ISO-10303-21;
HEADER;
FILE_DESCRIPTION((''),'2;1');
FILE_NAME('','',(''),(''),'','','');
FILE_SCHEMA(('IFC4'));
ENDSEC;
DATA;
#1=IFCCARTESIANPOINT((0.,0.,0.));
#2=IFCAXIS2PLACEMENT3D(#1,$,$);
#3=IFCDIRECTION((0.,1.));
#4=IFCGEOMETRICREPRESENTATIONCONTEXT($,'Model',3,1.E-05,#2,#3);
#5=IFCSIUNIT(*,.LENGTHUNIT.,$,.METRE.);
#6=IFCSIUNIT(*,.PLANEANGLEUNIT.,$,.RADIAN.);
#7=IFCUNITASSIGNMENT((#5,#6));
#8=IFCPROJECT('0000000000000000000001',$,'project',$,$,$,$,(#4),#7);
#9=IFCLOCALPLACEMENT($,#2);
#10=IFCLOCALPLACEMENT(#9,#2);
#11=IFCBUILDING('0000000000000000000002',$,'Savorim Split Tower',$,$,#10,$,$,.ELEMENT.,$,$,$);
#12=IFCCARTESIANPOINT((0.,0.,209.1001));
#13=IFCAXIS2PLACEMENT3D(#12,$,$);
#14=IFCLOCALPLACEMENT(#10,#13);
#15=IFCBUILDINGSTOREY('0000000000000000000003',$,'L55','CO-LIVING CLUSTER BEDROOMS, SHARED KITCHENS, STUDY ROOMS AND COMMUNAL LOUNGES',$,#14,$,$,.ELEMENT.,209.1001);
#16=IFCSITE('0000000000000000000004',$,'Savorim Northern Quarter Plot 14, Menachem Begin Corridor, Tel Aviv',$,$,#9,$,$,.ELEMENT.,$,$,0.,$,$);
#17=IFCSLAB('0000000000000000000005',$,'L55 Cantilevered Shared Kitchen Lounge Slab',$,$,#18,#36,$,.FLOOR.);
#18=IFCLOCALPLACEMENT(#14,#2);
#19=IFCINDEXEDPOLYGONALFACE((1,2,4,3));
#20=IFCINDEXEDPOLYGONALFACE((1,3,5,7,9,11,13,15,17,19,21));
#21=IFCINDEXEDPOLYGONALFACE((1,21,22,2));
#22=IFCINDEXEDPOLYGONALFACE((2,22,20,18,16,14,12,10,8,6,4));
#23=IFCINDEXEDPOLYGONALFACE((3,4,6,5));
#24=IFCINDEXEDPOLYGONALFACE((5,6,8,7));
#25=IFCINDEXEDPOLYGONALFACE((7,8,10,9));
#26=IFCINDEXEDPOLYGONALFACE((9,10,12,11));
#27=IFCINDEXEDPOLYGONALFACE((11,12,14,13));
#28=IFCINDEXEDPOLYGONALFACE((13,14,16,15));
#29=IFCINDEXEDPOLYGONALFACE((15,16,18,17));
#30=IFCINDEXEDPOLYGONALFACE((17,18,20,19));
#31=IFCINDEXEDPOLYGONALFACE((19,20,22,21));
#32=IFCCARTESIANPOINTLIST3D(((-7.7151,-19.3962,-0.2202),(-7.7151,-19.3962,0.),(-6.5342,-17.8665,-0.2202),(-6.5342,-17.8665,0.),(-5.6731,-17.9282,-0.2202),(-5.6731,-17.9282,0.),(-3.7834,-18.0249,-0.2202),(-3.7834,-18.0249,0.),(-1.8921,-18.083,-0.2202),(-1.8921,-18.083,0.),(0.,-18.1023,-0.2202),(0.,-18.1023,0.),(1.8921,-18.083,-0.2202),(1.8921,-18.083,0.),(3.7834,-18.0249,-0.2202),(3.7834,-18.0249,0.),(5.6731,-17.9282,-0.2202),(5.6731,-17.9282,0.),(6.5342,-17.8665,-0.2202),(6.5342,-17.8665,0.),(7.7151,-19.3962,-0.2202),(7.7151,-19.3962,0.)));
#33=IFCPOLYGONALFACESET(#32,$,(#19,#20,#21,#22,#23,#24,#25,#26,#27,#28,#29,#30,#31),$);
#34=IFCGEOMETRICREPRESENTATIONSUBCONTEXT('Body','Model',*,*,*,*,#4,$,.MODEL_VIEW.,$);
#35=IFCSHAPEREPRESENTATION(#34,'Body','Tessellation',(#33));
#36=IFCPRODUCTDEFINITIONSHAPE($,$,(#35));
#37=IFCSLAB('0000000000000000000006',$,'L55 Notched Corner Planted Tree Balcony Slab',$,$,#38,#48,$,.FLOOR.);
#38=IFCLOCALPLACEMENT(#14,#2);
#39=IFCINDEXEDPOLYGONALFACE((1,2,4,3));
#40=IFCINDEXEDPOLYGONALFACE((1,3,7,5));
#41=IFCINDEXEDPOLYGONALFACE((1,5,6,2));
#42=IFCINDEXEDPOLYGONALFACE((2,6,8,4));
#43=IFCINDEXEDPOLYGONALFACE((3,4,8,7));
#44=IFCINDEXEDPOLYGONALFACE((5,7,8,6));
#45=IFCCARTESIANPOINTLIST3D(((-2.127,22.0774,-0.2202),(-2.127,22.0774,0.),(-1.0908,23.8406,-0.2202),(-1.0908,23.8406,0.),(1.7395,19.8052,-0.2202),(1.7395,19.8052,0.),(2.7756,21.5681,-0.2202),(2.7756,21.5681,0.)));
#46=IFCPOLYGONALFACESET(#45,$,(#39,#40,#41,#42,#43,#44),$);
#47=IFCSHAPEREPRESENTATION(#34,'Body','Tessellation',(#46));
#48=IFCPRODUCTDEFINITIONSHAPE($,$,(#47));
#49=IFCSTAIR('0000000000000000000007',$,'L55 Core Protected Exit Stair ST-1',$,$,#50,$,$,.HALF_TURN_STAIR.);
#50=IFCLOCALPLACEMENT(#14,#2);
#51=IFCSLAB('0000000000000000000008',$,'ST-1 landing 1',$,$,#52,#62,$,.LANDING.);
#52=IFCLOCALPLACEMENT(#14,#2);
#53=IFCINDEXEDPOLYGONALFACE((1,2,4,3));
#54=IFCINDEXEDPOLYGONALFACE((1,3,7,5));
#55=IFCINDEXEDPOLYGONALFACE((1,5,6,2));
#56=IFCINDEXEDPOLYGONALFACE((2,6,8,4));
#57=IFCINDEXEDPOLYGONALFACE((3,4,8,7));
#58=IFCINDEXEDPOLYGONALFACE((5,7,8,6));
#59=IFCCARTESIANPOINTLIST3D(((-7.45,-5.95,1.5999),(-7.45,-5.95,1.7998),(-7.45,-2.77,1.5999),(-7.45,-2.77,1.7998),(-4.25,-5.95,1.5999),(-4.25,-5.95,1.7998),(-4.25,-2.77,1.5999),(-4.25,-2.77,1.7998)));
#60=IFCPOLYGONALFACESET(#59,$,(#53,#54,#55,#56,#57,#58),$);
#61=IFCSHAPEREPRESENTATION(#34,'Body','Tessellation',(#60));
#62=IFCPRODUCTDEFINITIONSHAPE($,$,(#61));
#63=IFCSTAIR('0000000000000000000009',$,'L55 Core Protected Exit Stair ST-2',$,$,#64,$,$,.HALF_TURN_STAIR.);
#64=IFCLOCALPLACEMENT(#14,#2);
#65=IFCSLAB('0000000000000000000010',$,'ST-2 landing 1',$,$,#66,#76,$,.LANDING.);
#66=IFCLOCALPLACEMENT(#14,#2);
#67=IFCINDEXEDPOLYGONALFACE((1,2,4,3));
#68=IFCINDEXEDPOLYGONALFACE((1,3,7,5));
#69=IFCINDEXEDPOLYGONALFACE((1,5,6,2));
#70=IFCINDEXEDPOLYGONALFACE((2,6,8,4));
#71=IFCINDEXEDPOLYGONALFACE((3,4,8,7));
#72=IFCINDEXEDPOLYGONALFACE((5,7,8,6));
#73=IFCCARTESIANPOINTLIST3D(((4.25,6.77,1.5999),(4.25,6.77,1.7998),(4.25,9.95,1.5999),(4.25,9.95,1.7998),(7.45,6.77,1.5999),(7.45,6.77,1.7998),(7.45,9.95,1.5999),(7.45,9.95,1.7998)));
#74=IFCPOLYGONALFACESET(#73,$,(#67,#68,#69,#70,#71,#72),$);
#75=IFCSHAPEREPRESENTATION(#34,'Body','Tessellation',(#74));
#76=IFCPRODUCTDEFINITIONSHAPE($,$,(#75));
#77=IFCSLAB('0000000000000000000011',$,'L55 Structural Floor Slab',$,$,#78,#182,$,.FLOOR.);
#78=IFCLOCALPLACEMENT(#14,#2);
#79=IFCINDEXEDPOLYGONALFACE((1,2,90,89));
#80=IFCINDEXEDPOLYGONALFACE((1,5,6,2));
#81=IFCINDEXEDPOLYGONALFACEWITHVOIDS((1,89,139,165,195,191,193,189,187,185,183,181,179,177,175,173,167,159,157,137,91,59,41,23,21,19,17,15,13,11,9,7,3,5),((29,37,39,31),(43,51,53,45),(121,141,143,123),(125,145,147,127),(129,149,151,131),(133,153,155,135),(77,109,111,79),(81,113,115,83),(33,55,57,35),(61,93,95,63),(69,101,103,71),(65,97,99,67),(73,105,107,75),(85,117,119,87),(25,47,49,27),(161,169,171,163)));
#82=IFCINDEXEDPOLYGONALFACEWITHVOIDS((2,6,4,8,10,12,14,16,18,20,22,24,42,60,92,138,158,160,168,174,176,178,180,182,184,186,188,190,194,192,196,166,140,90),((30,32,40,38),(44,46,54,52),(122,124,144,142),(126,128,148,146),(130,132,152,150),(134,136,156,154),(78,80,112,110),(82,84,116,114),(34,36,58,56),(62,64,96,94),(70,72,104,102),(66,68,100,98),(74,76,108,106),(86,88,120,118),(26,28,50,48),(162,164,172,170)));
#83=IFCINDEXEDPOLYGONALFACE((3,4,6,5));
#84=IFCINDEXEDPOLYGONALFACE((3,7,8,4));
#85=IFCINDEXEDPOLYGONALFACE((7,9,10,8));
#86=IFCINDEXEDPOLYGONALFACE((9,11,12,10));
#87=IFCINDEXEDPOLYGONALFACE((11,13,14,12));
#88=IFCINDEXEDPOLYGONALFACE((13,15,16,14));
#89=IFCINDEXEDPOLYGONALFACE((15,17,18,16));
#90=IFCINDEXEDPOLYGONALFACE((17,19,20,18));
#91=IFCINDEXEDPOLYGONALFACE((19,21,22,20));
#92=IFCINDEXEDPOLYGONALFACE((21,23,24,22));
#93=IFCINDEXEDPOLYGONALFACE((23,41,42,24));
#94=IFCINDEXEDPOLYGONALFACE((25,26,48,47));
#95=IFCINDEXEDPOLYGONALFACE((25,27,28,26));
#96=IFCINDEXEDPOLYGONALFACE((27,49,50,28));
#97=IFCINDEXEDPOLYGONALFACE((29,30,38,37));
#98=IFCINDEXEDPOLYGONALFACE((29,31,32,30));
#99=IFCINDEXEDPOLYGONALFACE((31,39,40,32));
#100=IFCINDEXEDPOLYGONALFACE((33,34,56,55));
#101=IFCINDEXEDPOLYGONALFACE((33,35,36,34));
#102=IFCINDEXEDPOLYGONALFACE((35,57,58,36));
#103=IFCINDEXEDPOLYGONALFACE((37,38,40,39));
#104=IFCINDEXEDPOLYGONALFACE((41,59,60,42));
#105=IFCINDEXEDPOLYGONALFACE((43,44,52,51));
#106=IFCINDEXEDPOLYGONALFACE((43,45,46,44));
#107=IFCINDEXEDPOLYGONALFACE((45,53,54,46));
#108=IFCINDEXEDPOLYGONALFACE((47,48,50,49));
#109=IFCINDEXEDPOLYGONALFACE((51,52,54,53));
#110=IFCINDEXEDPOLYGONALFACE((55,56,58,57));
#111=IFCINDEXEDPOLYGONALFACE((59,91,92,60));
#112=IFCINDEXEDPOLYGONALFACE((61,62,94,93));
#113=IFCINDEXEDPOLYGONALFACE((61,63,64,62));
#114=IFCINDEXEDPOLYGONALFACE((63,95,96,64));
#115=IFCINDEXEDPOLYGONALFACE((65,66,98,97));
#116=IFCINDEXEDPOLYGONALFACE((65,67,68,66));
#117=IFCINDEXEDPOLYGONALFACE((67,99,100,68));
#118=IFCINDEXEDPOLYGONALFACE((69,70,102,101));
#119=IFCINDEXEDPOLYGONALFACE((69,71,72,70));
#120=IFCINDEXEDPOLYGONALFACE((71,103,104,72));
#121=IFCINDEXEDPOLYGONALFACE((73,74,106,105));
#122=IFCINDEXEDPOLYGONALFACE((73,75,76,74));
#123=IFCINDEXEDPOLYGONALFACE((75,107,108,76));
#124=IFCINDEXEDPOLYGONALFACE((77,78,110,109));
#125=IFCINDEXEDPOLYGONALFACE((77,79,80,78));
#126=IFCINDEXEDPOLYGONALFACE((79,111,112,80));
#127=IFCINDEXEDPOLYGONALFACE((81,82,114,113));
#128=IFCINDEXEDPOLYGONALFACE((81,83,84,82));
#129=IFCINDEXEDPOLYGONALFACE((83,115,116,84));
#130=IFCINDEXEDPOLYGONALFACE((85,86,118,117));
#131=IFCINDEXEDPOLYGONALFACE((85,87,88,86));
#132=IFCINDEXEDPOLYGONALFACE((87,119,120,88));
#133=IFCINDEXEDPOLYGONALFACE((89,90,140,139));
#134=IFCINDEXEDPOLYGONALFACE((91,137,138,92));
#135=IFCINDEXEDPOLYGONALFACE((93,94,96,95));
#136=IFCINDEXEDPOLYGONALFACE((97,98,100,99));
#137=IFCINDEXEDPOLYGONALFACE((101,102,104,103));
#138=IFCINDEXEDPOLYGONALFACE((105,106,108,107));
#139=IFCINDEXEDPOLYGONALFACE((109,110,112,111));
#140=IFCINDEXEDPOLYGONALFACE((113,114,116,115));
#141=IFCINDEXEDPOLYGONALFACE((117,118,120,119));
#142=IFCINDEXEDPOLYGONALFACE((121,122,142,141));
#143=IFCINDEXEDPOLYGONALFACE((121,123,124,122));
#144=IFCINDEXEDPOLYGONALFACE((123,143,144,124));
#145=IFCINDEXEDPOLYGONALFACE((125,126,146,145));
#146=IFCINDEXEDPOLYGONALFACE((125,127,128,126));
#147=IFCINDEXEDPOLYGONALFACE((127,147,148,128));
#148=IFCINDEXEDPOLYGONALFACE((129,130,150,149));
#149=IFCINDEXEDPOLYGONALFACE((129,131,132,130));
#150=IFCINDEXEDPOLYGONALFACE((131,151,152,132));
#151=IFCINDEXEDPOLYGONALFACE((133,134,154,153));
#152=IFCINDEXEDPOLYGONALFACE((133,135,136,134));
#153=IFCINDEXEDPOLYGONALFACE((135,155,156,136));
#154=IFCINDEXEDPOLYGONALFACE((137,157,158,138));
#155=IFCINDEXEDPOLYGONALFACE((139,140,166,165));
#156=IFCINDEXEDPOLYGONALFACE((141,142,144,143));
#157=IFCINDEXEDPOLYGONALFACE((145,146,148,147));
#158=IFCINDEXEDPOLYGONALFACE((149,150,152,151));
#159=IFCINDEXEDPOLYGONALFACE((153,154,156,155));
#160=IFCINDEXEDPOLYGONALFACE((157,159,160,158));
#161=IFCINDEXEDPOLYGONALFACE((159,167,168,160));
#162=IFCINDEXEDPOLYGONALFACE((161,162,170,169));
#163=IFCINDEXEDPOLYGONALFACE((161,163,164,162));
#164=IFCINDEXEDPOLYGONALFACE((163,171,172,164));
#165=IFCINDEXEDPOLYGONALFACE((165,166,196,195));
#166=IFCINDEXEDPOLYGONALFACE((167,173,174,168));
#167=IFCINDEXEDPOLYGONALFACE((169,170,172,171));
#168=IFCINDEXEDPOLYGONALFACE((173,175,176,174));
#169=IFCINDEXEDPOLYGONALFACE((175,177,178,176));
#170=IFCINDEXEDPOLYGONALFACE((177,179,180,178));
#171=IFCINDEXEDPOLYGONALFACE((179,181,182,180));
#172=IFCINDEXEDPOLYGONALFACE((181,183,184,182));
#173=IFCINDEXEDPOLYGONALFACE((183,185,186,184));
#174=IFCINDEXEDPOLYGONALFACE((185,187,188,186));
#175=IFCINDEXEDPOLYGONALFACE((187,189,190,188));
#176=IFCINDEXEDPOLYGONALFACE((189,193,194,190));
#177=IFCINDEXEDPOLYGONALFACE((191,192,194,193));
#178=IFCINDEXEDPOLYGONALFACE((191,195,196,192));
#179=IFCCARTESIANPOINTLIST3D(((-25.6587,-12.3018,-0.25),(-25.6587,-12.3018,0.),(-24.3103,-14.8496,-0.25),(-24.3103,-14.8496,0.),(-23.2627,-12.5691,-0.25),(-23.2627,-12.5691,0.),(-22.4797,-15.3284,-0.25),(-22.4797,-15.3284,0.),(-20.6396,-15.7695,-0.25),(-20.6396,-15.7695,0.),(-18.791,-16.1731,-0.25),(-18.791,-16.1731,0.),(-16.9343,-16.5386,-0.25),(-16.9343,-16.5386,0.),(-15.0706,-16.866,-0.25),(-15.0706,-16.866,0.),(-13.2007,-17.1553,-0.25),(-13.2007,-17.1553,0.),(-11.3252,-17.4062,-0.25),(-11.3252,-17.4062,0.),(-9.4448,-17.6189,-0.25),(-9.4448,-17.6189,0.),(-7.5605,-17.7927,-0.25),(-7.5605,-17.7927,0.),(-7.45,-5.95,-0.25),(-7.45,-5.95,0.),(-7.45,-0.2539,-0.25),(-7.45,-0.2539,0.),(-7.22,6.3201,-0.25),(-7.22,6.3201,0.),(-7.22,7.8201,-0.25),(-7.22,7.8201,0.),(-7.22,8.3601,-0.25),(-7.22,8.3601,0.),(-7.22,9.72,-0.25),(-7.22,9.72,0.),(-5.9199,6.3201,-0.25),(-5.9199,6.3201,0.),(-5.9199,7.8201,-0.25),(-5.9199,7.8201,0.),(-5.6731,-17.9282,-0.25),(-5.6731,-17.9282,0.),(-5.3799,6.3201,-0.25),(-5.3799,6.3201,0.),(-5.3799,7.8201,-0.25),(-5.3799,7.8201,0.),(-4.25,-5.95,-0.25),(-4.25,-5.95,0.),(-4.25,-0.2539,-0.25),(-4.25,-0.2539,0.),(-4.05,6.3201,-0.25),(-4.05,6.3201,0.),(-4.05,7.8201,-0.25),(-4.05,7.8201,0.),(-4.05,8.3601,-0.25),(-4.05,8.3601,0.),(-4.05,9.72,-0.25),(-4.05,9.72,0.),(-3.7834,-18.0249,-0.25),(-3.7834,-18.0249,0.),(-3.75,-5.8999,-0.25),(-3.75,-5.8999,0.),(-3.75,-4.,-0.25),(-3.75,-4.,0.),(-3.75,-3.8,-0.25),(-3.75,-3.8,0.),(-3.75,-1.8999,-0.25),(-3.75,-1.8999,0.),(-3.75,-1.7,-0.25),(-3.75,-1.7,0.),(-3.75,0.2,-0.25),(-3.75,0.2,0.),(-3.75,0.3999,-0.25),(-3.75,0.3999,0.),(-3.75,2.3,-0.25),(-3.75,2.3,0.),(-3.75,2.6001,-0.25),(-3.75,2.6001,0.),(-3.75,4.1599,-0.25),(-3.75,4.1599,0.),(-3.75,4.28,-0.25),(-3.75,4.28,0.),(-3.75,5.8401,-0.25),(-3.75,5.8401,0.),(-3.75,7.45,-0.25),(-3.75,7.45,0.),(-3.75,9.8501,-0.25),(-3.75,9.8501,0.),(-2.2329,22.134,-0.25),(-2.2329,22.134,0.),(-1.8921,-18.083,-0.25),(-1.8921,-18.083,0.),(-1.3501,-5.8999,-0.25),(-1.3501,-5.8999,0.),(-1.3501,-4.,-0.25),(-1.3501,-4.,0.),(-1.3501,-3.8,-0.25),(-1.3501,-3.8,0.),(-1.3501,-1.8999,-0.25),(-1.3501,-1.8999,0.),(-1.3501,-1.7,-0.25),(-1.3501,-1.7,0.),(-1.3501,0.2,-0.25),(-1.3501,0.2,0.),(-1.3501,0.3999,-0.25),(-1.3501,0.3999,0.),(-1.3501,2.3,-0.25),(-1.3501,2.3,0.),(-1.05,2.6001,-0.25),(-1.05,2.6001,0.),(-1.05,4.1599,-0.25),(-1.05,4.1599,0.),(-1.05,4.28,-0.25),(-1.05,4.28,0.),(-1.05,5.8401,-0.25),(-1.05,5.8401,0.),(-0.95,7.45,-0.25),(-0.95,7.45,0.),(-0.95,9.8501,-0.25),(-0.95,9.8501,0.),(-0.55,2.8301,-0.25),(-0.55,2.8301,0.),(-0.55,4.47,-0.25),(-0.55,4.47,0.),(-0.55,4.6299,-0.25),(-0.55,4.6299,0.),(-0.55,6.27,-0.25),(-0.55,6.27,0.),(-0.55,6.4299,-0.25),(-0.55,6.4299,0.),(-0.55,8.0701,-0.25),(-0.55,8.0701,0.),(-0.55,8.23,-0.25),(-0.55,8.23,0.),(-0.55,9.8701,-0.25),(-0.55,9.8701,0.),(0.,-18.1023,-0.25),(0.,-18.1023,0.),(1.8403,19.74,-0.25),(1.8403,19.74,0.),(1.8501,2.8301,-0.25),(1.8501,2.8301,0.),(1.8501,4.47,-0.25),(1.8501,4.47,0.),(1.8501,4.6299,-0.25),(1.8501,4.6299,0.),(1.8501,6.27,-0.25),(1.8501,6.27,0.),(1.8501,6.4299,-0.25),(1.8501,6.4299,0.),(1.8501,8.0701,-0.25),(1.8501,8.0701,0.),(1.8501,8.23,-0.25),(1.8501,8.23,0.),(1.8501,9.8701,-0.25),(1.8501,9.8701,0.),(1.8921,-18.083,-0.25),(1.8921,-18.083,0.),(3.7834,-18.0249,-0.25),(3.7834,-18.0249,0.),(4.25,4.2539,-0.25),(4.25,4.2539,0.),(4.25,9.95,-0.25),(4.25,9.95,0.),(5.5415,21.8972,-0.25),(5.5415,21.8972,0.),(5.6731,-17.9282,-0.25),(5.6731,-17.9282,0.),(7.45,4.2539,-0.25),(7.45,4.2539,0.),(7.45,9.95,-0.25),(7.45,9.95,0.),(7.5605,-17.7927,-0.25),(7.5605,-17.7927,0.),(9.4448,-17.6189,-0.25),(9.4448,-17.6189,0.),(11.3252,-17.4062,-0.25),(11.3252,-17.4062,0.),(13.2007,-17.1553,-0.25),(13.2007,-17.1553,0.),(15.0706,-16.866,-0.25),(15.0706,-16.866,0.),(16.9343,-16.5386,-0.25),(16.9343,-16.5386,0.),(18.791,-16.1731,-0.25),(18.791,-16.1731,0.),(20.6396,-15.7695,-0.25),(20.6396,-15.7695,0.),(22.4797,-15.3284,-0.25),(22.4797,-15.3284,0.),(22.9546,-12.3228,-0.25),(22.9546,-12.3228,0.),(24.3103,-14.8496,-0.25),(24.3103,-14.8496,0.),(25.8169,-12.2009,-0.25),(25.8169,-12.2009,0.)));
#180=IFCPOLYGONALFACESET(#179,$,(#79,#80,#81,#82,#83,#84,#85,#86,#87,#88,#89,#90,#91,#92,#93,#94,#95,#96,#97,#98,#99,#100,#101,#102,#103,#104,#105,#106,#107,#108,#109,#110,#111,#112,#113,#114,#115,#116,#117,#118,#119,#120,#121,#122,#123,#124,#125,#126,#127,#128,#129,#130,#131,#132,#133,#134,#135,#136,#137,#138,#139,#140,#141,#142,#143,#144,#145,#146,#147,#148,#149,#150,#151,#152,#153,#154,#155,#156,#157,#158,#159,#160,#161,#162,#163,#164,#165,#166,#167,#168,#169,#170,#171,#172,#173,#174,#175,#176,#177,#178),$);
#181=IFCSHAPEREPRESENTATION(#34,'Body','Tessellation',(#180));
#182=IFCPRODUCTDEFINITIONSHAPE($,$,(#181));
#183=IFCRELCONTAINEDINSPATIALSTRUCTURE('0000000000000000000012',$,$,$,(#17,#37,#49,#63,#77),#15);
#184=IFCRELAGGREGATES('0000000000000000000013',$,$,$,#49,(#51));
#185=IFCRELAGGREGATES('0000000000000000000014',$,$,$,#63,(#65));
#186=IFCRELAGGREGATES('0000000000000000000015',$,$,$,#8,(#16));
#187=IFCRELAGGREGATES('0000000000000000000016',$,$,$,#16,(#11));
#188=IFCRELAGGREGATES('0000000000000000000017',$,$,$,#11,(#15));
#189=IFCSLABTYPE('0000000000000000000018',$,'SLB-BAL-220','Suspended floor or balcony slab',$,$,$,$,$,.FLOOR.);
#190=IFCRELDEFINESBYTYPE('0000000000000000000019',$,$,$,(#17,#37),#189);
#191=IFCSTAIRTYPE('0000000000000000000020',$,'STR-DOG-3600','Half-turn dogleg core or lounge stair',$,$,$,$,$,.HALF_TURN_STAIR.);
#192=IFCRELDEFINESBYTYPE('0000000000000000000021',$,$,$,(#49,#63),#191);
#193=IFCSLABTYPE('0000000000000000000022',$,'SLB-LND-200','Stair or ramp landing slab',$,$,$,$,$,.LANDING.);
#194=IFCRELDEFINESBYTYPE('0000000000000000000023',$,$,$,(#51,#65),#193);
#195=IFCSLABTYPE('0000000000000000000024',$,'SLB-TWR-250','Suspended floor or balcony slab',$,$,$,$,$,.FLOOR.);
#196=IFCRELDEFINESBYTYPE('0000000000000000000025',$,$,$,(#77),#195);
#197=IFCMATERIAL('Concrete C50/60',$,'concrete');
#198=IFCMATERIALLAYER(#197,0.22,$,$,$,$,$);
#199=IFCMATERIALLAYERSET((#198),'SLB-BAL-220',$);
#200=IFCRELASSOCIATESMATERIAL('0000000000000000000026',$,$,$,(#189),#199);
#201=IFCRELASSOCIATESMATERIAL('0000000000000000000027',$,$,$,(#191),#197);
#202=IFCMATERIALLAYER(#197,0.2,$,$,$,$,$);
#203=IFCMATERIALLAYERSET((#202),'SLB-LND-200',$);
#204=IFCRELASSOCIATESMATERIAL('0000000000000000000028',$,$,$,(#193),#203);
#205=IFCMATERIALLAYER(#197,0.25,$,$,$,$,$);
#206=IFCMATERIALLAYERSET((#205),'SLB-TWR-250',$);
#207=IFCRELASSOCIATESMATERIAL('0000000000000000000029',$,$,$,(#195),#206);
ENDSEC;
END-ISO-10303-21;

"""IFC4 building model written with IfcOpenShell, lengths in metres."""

from ifc_helpers import new_model, si_unit, direction, frame, origin, place, context, subcontext, project, spatial, polyline, outline, extrude, material, layer, layer_set, type_object, element, aggregate, save


model = new_model("IFC4")

# Units and contexts
model_context = context("Model", 3, precision=1e-05, world=origin(), true_north=direction((0.0, 1.0)))
body_context = subcontext(model_context, "Body", "Model", "MODEL_VIEW")
ifc_project = project(units=[si_unit("LENGTHUNIT", "METRE"), si_unit("PLANEANGLEUNIT", "RADIAN")], contexts=[model_context])

# Site, building, storey
site_placement = place(None, origin())
site = spatial("IfcSite", under=ifc_project, at=site_placement, Name="Savorim Northern Quarter Plot 14, Menachem Begin Corridor, Tel Aviv", CompositionType="ELEMENT", RefElevation=0.0)
building_placement = place(site_placement, origin())
building = spatial("IfcBuilding", under=site, at=building_placement, Name="Savorim Split Tower", CompositionType="ELEMENT")
storey_placement = place(building_placement, frame((0.0, 0.0, 209.1001)))
storey = spatial("IfcBuildingStorey", under=building, at=storey_placement, Name="L55", Description="CO-LIVING CLUSTER BEDROOMS, SHARED KITCHENS, STUDY ROOMS AND COMMUNAL LOUNGES", CompositionType="ELEMENT", Elevation=209.1001)

# Slabs
ifc_material_1 = material(Name="Concrete C50/60", Category="concrete")
ifc_layer_1 = layer(ifc_material_1, 0.22)
ifc_layer_set_1 = layer_set([ifc_layer_1], Name="SLB-BAL-220")
slab_type_1 = type_object("IfcSlabType", Name="SLB-BAL-220", Description="Suspended floor or balcony slab", PredefinedType="FLOOR", material=ifc_layer_set_1)
slab_1_placement = place(storey_placement, frame((0.0, 0.0, -0.2202)))
element("IfcSlab", 1, at=slab_1_placement, inside=storey, type_object=slab_type_1, Name="L55 Cantilevered Shared Kitchen Lounge Slab", PredefinedType="FLOOR", context=body_context, shape_type="SweptSolid", body=[
    extrude(outline(polyline([(6.5342, -17.8665), (5.6731, -17.9282), (3.7834, -18.0249), (1.8921, -18.083), (0.0, -18.1023), (-1.8921, -18.083), (-3.7834, -18.0249), (-5.6731, -17.9282), (-6.5342, -17.8665), (-7.7151, -19.3962), (7.7151, -19.3962), (6.5342, -17.8665)])), origin(), (0.0, 0.0, 1.0), 0.2202),
])
slab_2_placement = place(storey_placement, frame((0.0, 0.0, -0.2202)))
element("IfcSlab", 2, at=slab_2_placement, inside=storey, type_object=slab_type_1, Name="L55 Notched Corner Planted Tree Balcony Slab", PredefinedType="FLOOR", context=body_context, shape_type="SweptSolid", body=[
    extrude(outline(polyline([(-2.127, 22.0774), (1.7395, 19.8052), (2.7756, 21.5681), (-1.0908, 23.8406), (-2.127, 22.0774)])), origin(), (0.0, 0.0, 1.0), 0.2202),
])

# Stairs, slabs
stair_type = type_object("IfcStairType", Name="STR-DOG-3600", Description="Half-turn dogleg core or lounge stair", PredefinedType="HALF_TURN_STAIR", material=ifc_material_1)
stair_1_placement = place(storey_placement, origin())
stair_1 = element("IfcStair", 3, at=stair_1_placement, inside=storey, type_object=stair_type, Name="L55 Core Protected Exit Stair ST-1", PredefinedType="HALF_TURN_STAIR")
ifc_layer_2 = layer(ifc_material_1, 0.2)
ifc_layer_set_2 = layer_set([ifc_layer_2], Name="SLB-LND-200")
slab_type_2 = type_object("IfcSlabType", Name="SLB-LND-200", Description="Stair or ramp landing slab", PredefinedType="LANDING", material=ifc_layer_set_2)
slab_3_placement = place(storey_placement, frame((0.0, 0.0, 1.5999)))
slab_3 = element("IfcSlab", 4, at=slab_3_placement, type_object=slab_type_2, Name="ST-1 landing 1", PredefinedType="LANDING", context=body_context, shape_type="SweptSolid", body=[
    extrude(outline(polyline([(-7.45, -2.77), (-7.45, -5.95), (-4.25, -5.95), (-4.25, -2.77), (-7.45, -2.77)])), origin(), (0.0, 0.0, 1.0), 0.2),
])
aggregate(stair_1, [slab_3])
stair_2_placement = place(storey_placement, origin())
stair_2 = element("IfcStair", 5, at=stair_2_placement, inside=storey, type_object=stair_type, Name="L55 Core Protected Exit Stair ST-2", PredefinedType="HALF_TURN_STAIR")
slab_4_placement = place(storey_placement, frame((0.0, 0.0, 1.5999)))
slab_4 = element("IfcSlab", 6, at=slab_4_placement, type_object=slab_type_2, Name="ST-2 landing 1", PredefinedType="LANDING", context=body_context, shape_type="SweptSolid", body=[
    extrude(outline(polyline([(7.45, 6.77), (7.45, 9.95), (4.25, 9.95), (4.25, 6.77), (7.45, 6.77)])), origin(), (0.0, 0.0, 1.0), 0.2),
])
aggregate(stair_2, [slab_4])

# Slab
ifc_layer_3 = layer(ifc_material_1, 0.25)
ifc_layer_set_3 = layer_set([ifc_layer_3], Name="SLB-TWR-250")
slab_type_3 = type_object("IfcSlabType", Name="SLB-TWR-250", Description="Suspended floor or balcony slab", PredefinedType="FLOOR", material=ifc_layer_set_3)
slab_5_placement = place(storey_placement, frame((0.0, 0.0, -0.25)))
element("IfcSlab", 7, at=slab_5_placement, inside=storey, type_object=slab_type_3, Name="L55 Structural Floor Slab", PredefinedType="FLOOR", context=body_context, shape_type="SweptSolid", body=[
    extrude(outline(polyline([(-24.3103, -14.8496), (-22.4797, -15.3284), (-20.6396, -15.7695), (-18.791, -16.1731), (-16.9343, -16.5386), (-15.0706, -16.866), (-13.2007, -17.1553), (-11.3252, -17.4062), (-9.4448, -17.6189), (-7.5605, -17.7927), (-5.6731, -17.9282), (-3.7834, -18.0249), (-1.8921, -18.083), (0.0, -18.1023), (1.8921, -18.083), (3.7834, -18.0249), (5.6731, -17.9282), (7.5605, -17.7927), (9.4448, -17.6189), (11.3252, -17.4062), (13.2007, -17.1553), (15.0706, -16.866), (16.9343, -16.5386), (18.791, -16.1731), (20.6396, -15.7695), (22.4797, -15.3284), (24.3103, -14.8496), (22.9546, -12.3228), (25.8169, -12.2009), (5.5415, 21.8972), (1.8403, 19.74), (-2.2329, 22.134), (-25.6587, -12.3018), (-23.2627, -12.5691), (-24.3103, -14.8496)]), holes=[polyline([(-7.45, -0.2539), (-7.45, -5.95), (-4.25, -5.95), (-4.25, -0.2539), (-7.45, -0.2539)]), polyline([(7.45, 4.2539), (7.45, 9.95), (4.25, 9.95), (4.25, 4.2539), (7.45, 4.2539)]), polyline([(-3.75, -5.8999), (-1.3501, -5.8999), (-1.3501, -4.0), (-3.75, -4.0), (-3.75, -5.8999)]), polyline([(-3.75, -3.8), (-1.3501, -3.8), (-1.3501, -1.8999), (-3.75, -1.8999), (-3.75, -3.8)]), polyline([(-3.75, -1.7), (-1.3501, -1.7), (-1.3501, 0.2), (-3.75, 0.2), (-3.75, -1.7)]), polyline([(-3.75, 0.3999), (-1.3501, 0.3999), (-1.3501, 2.3), (-3.75, 2.3), (-3.75, 0.3999)]), polyline([(-0.55, 2.8301), (1.8501, 2.8301), (1.8501, 4.47), (-0.55, 4.47), (-0.55, 2.8301)]), polyline([(-0.55, 4.6299), (1.8501, 4.6299), (1.8501, 6.27), (-0.55, 6.27), (-0.55, 4.6299)]), polyline([(-0.55, 6.4299), (1.8501, 6.4299), (1.8501, 8.0701), (-0.55, 8.0701), (-0.55, 6.4299)]), polyline([(-0.55, 8.23), (1.8501, 8.23), (1.8501, 9.8701), (-0.55, 9.8701), (-0.55, 8.23)]), polyline([(-3.75, 2.6001), (-1.05, 2.6001), (-1.05, 4.1599), (-3.75, 4.1599), (-3.75, 2.6001)]), polyline([(-3.75, 4.28), (-1.05, 4.28), (-1.05, 5.8401), (-3.75, 5.8401), (-3.75, 4.28)]), polyline([(-3.75, 7.45), (-0.95, 7.45), (-0.95, 9.8501), (-3.75, 9.8501), (-3.75, 7.45)]), polyline([(-7.22, 6.3201), (-5.9199, 6.3201), (-5.9199, 7.8201), (-7.22, 7.8201), (-7.22, 6.3201)]), polyline([(-5.3799, 6.3201), (-4.05, 6.3201), (-4.05, 7.8201), (-5.3799, 7.8201), (-5.3799, 6.3201)]), polyline([(-7.22, 8.3601), (-4.05, 8.3601), (-4.05, 9.72), (-7.22, 9.72), (-7.22, 8.3601)])]), origin(), (0.0, 0.0, 1.0), 0.25),
])

save(model, "model.ifc")
